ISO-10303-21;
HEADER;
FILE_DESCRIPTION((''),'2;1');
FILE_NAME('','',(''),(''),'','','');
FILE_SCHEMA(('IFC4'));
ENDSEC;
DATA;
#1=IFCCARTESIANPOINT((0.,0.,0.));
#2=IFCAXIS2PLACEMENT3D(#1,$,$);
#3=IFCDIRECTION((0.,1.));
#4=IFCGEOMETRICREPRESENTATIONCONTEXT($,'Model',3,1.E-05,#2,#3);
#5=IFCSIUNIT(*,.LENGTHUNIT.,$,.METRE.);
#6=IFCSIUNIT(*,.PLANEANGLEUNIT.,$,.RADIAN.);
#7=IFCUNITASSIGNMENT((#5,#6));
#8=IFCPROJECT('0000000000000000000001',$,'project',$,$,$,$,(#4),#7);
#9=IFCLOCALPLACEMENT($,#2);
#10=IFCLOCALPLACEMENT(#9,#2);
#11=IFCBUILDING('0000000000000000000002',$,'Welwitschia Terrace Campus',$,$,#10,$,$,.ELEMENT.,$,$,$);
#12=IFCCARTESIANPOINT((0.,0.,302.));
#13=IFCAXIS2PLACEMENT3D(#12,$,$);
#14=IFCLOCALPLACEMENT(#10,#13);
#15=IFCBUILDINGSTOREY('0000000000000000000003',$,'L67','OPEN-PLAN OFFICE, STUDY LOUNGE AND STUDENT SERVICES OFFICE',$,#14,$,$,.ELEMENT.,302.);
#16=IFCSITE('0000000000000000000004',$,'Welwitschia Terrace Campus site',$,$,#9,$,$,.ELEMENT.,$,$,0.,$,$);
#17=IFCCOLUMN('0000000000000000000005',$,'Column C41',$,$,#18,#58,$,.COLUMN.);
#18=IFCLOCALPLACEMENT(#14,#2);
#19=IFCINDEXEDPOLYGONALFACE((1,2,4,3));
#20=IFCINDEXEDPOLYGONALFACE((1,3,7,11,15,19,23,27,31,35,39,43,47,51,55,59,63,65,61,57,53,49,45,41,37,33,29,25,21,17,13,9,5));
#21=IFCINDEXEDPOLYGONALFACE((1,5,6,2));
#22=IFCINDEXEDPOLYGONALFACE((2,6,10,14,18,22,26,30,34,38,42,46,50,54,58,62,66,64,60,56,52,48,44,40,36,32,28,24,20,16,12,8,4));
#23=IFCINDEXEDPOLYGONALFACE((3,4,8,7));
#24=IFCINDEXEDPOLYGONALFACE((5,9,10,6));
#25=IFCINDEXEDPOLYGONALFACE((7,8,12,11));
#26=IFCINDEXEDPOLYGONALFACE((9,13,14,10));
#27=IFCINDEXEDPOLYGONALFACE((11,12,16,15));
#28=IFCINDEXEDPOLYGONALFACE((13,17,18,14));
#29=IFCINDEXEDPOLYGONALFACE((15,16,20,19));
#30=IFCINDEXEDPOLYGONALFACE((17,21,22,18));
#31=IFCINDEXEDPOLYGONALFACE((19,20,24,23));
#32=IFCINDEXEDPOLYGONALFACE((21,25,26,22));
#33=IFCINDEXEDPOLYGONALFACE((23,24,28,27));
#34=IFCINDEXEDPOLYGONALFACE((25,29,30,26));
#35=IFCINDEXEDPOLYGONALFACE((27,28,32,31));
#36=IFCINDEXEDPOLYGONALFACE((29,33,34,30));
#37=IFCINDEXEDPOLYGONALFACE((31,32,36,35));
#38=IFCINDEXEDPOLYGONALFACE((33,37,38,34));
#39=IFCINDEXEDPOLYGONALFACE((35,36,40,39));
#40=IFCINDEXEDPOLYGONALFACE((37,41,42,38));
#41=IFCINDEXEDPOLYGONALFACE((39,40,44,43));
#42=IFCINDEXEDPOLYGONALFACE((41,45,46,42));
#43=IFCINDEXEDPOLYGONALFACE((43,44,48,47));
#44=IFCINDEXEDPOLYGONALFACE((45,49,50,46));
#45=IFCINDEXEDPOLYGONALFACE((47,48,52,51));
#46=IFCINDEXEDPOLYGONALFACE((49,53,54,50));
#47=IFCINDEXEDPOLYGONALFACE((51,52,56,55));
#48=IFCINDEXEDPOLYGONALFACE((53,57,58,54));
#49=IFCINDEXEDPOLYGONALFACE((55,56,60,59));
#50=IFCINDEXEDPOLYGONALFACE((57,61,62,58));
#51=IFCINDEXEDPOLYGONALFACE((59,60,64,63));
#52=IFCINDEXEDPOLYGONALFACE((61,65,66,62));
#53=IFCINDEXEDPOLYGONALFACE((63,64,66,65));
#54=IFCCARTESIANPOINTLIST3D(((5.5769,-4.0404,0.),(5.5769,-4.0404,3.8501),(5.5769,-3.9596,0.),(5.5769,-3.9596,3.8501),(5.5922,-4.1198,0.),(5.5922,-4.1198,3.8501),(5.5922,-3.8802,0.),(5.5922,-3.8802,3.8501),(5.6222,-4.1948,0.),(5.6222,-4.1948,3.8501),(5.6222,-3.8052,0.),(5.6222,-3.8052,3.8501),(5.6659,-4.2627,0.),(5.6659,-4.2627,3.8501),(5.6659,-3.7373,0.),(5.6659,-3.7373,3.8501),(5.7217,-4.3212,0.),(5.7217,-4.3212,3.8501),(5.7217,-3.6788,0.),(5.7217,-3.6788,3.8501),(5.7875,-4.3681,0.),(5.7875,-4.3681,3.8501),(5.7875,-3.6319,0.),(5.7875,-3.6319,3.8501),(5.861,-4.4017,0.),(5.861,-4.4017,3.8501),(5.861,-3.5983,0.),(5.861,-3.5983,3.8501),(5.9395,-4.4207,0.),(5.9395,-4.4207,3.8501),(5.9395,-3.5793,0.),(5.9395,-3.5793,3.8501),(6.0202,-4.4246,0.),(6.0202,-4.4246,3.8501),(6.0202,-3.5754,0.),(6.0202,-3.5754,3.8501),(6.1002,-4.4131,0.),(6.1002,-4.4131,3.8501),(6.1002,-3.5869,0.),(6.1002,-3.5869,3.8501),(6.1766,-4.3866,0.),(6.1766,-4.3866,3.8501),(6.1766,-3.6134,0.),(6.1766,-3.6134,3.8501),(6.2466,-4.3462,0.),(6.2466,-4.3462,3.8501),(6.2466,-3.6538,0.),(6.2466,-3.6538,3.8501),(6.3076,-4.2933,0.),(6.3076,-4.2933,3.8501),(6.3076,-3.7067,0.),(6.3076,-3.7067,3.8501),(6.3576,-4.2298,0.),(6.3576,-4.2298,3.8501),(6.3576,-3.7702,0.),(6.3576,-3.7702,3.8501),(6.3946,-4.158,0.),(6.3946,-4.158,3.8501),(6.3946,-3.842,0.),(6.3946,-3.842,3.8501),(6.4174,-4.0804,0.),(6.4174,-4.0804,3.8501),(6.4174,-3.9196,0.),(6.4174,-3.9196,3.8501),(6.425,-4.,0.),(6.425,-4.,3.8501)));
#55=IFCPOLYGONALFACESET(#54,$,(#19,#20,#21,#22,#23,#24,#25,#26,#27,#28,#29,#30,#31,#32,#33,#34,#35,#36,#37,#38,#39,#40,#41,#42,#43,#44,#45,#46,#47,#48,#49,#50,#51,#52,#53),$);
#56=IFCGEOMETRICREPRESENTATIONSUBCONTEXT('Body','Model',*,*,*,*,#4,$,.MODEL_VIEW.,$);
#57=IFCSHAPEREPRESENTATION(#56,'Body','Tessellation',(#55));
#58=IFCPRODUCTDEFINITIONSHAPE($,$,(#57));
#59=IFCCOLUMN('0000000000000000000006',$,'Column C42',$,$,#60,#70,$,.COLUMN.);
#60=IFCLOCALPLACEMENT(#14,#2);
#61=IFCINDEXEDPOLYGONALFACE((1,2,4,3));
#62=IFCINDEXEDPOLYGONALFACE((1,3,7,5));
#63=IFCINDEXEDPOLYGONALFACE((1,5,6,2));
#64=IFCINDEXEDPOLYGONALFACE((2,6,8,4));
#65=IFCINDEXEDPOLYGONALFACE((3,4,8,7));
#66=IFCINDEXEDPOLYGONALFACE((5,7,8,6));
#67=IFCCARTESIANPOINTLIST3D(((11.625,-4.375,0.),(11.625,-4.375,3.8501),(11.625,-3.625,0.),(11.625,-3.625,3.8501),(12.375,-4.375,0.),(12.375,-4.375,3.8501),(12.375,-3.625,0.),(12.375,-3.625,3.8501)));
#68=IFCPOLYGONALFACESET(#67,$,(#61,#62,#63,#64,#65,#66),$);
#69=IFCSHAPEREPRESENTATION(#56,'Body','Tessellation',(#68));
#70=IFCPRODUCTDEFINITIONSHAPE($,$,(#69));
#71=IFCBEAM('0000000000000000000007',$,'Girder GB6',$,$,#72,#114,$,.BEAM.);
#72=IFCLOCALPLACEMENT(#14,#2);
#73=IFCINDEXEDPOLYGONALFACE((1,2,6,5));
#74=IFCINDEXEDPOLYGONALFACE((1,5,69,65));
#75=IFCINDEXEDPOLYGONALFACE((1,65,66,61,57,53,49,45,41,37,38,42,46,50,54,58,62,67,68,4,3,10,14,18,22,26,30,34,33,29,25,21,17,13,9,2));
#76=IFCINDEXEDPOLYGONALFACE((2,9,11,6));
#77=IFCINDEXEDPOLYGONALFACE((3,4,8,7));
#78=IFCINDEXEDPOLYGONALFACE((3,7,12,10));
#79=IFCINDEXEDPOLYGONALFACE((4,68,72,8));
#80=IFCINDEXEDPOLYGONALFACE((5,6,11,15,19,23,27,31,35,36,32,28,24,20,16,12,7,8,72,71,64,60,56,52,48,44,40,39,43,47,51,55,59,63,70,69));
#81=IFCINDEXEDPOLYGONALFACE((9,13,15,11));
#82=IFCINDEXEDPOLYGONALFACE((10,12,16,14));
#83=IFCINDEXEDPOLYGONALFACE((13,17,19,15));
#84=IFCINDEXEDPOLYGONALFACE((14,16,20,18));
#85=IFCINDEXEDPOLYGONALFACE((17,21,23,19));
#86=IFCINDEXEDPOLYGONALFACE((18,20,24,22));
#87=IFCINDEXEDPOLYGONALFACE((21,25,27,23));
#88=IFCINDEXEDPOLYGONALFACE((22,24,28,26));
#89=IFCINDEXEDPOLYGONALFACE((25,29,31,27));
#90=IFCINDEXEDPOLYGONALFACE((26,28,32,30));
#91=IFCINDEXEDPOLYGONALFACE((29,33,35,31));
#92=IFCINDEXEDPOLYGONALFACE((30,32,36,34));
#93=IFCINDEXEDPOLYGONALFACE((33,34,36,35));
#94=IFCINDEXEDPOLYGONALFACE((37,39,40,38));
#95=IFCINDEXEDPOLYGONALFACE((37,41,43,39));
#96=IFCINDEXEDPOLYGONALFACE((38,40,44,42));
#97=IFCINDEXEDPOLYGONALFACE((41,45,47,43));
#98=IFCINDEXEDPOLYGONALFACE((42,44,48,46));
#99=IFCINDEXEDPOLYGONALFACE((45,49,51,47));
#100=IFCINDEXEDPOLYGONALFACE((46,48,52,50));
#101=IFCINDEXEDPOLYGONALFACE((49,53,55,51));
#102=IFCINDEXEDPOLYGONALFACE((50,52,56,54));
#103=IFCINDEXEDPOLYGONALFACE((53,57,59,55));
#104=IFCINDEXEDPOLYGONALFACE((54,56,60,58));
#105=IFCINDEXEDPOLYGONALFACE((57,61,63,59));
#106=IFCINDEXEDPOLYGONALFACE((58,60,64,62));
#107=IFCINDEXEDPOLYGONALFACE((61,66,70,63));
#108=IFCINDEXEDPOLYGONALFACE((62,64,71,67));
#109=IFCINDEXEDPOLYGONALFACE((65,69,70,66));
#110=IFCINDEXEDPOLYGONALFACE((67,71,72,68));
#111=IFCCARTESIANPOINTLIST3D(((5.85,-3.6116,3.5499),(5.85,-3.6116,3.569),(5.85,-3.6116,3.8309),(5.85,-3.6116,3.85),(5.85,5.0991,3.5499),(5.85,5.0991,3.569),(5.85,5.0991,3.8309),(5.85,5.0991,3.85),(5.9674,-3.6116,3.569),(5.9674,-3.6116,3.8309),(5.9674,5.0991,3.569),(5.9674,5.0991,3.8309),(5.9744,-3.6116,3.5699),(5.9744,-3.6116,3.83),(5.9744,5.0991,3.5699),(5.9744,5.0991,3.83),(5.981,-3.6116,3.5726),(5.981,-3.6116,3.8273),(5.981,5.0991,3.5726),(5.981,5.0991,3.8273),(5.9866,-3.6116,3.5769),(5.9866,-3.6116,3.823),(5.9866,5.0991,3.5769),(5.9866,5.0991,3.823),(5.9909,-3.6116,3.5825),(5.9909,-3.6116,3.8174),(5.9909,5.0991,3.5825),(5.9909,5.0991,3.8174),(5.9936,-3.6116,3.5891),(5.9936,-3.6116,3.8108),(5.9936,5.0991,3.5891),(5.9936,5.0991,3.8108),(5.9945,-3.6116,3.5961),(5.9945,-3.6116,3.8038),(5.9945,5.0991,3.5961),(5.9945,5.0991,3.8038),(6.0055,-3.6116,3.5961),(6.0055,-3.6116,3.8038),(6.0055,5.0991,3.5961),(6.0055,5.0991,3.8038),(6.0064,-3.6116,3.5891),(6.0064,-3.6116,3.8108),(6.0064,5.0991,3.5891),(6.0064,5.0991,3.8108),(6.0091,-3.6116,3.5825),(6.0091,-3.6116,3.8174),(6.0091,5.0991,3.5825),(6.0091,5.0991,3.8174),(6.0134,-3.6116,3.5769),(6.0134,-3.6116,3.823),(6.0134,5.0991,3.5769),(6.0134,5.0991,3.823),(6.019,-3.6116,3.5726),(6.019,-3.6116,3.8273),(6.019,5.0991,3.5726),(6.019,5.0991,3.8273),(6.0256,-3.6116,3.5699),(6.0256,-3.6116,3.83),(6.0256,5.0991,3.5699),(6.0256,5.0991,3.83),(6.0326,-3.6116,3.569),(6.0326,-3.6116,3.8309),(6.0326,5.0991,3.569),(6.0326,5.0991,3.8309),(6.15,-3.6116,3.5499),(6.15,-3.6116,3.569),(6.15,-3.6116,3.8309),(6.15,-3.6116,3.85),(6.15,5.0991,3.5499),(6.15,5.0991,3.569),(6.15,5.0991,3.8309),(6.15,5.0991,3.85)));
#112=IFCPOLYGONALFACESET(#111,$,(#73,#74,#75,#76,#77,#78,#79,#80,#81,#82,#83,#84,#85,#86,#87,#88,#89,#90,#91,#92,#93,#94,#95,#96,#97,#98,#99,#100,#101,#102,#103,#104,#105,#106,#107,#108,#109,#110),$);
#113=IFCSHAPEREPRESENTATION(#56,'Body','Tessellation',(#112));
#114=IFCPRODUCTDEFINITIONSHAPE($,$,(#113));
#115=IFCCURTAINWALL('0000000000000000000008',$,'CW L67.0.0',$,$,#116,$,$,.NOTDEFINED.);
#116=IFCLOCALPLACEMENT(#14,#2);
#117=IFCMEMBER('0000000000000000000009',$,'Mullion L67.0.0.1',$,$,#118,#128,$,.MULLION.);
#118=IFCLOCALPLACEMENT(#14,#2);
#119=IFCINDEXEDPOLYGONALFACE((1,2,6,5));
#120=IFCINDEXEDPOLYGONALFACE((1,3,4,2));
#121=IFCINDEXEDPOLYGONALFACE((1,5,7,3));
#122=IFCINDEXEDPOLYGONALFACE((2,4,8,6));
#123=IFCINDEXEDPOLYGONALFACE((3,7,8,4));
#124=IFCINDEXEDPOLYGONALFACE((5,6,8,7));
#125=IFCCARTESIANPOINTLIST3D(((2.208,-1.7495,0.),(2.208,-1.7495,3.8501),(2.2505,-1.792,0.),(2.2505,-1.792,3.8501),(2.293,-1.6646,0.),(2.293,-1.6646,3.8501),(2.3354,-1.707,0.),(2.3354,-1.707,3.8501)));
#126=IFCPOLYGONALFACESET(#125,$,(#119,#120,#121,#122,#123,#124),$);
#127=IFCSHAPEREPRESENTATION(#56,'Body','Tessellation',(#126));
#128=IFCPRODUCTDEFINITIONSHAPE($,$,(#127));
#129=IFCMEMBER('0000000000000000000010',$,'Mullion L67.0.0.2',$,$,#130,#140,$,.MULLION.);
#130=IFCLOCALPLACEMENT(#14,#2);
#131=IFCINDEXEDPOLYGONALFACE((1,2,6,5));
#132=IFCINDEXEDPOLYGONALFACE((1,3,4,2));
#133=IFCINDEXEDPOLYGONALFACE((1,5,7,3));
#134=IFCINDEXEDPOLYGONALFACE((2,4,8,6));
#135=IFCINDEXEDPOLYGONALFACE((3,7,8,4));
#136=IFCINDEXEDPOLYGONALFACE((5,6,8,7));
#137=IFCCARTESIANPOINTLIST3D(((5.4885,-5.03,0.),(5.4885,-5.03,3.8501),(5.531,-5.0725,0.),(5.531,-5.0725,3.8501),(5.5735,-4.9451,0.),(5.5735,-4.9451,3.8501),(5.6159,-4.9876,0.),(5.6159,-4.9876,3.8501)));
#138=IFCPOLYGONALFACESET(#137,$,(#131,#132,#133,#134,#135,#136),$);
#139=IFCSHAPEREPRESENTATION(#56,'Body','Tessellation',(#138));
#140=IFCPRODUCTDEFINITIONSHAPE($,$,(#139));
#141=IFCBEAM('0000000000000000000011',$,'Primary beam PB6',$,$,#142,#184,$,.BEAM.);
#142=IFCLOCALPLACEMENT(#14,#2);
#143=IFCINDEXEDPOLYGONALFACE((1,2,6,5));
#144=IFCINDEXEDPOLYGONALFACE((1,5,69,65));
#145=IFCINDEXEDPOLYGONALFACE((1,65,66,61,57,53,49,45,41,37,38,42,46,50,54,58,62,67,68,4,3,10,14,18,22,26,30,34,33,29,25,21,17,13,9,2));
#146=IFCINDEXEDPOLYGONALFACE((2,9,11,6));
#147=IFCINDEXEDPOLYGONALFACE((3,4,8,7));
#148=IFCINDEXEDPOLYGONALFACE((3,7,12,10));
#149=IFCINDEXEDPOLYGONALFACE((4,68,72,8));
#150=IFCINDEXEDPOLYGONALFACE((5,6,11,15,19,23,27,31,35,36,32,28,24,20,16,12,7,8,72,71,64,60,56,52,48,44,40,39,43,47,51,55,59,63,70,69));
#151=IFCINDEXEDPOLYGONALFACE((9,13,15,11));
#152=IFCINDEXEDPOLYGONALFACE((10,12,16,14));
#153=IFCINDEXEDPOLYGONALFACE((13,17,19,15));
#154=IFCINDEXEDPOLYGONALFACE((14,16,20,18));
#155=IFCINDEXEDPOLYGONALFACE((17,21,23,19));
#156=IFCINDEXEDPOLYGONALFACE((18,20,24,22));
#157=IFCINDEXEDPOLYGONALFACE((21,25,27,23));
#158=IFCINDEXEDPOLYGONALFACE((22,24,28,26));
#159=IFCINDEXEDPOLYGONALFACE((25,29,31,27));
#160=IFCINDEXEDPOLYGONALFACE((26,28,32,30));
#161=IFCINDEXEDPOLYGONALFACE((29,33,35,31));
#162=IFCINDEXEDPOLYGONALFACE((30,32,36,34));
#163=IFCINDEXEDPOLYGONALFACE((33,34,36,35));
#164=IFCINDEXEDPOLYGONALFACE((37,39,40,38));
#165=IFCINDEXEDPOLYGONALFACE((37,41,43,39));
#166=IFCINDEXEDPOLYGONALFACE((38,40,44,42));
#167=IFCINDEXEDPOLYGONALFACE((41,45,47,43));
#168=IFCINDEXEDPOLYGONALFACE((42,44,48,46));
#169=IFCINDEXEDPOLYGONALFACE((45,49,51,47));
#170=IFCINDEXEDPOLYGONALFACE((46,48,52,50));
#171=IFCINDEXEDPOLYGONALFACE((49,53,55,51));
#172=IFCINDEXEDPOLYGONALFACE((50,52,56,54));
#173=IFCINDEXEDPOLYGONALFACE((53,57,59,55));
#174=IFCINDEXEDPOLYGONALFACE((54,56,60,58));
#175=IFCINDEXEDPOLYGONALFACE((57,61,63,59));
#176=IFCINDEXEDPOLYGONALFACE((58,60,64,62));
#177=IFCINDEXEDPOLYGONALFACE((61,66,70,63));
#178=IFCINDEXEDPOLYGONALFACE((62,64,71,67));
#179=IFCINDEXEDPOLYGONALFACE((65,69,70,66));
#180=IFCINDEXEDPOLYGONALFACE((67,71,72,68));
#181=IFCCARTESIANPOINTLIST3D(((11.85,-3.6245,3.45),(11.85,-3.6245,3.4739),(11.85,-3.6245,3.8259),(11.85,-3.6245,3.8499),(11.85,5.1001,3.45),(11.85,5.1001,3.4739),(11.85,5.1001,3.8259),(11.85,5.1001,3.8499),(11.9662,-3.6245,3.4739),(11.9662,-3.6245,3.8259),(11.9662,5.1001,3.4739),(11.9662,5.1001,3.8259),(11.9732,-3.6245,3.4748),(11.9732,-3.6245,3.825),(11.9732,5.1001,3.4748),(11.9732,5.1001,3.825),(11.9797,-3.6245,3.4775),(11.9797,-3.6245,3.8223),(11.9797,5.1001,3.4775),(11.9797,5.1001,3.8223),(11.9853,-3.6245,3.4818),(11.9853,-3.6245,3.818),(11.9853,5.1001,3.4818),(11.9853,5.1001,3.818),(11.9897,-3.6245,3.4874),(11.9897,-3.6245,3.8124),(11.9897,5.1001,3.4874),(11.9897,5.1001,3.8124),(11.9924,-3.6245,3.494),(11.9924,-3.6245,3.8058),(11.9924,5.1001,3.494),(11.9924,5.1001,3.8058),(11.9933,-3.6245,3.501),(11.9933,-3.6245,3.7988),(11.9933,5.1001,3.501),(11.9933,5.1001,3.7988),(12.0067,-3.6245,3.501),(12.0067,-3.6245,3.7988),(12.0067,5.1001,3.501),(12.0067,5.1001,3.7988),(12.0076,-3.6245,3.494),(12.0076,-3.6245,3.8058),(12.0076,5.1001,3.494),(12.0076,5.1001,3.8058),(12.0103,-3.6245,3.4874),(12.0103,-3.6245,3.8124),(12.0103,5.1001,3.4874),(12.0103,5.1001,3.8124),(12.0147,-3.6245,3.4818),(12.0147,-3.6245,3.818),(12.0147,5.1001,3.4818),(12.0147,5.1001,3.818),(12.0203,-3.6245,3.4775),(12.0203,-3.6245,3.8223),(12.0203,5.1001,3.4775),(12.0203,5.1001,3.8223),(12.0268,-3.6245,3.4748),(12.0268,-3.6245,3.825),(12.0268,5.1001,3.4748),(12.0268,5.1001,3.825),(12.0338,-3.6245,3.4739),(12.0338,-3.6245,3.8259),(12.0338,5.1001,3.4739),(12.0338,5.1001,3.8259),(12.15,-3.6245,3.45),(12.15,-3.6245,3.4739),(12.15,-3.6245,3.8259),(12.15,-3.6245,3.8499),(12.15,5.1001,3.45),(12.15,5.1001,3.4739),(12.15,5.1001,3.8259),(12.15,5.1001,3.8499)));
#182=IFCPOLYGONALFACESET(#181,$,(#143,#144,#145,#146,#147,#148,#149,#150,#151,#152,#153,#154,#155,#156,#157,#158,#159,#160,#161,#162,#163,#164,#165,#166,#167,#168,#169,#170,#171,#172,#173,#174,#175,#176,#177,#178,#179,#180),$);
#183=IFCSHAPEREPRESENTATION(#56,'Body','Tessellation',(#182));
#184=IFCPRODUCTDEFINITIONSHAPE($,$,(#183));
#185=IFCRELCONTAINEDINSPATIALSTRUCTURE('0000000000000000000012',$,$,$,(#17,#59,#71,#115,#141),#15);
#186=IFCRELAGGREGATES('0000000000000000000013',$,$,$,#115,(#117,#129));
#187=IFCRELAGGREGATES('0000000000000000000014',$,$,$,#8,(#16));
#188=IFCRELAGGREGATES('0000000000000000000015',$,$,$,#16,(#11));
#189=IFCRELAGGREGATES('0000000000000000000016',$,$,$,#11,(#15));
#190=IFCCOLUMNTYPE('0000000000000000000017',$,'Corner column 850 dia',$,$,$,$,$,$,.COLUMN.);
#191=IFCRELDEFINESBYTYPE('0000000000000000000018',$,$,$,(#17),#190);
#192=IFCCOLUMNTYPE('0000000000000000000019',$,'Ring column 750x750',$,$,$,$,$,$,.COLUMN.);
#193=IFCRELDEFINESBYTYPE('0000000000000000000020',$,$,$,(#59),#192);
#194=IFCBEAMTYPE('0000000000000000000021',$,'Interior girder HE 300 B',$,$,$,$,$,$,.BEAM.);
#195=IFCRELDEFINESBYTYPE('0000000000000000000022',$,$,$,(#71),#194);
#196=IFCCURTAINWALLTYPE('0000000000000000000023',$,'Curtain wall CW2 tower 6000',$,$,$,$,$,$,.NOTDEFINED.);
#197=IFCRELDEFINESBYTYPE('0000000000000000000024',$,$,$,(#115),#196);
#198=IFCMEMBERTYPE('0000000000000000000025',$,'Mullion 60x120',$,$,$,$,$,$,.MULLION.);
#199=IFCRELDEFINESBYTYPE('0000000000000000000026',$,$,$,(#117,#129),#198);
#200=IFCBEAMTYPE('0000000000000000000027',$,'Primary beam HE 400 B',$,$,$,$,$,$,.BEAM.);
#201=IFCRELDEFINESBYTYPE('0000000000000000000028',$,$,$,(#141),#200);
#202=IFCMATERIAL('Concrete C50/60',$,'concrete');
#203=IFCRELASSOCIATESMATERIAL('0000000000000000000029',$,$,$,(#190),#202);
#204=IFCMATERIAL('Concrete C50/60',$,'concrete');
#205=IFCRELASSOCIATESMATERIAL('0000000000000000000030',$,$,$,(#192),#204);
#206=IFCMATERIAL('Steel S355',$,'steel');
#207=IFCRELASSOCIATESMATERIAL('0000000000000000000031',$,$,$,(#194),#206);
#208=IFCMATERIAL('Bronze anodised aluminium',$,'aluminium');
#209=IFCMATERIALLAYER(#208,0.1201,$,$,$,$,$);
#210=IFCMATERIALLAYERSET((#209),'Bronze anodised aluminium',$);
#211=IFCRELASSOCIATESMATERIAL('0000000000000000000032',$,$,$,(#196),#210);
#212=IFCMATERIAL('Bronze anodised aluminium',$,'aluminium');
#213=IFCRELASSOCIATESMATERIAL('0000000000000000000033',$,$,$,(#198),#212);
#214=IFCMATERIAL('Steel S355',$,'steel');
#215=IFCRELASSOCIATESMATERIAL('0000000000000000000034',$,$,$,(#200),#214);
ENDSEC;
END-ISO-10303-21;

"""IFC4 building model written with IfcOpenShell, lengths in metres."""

from ifc_helpers import new_model, si_unit, direction, frame, origin, origin_2d, place, context, subcontext, project, spatial, rectangle, circle, i_section, extrude, material, layer, layer_set, material_profile, profile_set, type_object, element, aggregate, save


model = new_model("IFC4")

# Units and contexts
model_context = context("Model", 3, precision=1e-05, world=origin(), true_north=direction((0.0, 1.0)))
body_context = subcontext(model_context, "Body", "Model", "MODEL_VIEW")
ifc_project = project(units=[si_unit("LENGTHUNIT", "METRE"), si_unit("PLANEANGLEUNIT", "RADIAN")], contexts=[model_context])

# Site, building, storey
site_placement = place(None, origin())
site = spatial("IfcSite", under=ifc_project, at=site_placement, Name="Welwitschia Terrace Campus site", CompositionType="ELEMENT", RefElevation=0.0)
building_placement = place(site_placement, origin())
building = spatial("IfcBuilding", under=site, at=building_placement, Name="Welwitschia Terrace Campus", CompositionType="ELEMENT")
storey_placement = place(building_placement, frame((0.0, 0.0, 302.0)))
storey = spatial("IfcBuildingStorey", under=building, at=storey_placement, Name="L67", Description="OPEN-PLAN OFFICE, STUDY LOUNGE AND STUDENT SERVICES OFFICE", CompositionType="ELEMENT", Elevation=302.0)

# Columns
ifc_material_1 = material(Name="Concrete C50/60", Category="concrete")
ifc_material_profile_1 = material_profile(ifc_material_1, circle(Radius=0.425, at=origin_2d()))
ifc_profile_set_1 = profile_set([ifc_material_profile_1], Name="Concrete C50/60")
column_type_1 = type_object("IfcColumnType", Name="Corner column 850 dia", PredefinedType="COLUMN", material=ifc_profile_set_1)
column_1_placement = place(storey_placement, frame((6.0, -4.0, 0.0), z_axis=(0.0, 0.0, 1.0), x_axis=(1.0, 0.0, 0.0)))
element("IfcColumn", 1, at=column_1_placement, inside=storey, type_object=column_type_1, Name="Column C41", PredefinedType="COLUMN", context=body_context, shape_type="SweptSolid", body=[
    extrude(circle(Radius=0.425, at=origin_2d()), origin(), (0.0, 0.0, 1.0), 3.8501),
])
ifc_material_2 = material(Name="Concrete C50/60", Category="concrete")
ifc_material_profile_2 = material_profile(ifc_material_2, rectangle(XDim=0.75, YDim=0.75, at=origin_2d()))
ifc_profile_set_2 = profile_set([ifc_material_profile_2], Name="Concrete C50/60")
column_type_2 = type_object("IfcColumnType", Name="Ring column 750x750", PredefinedType="COLUMN", material=ifc_profile_set_2)
column_2_placement = place(storey_placement, frame((12.0, -4.0, 0.0), z_axis=(0.0, 0.0, 1.0), x_axis=(1.0, 0.0, 0.0)))
element("IfcColumn", 2, at=column_2_placement, inside=storey, type_object=column_type_2, Name="Column C42", PredefinedType="COLUMN", context=body_context, shape_type="SweptSolid", body=[
    extrude(rectangle(XDim=0.75, YDim=0.75, at=origin_2d()), origin(), (0.0, 0.0, 1.0), 3.8501),
])

# Beam
ifc_material_3 = material(Name="Steel S355", Category="steel")
ifc_material_profile_3 = material_profile(ifc_material_3, i_section(OverallWidth=0.3, OverallDepth=0.3, WebThickness=0.011, FlangeThickness=0.019, FilletRadius=0.0271, at=origin_2d()))
ifc_profile_set_3 = profile_set([ifc_material_profile_3], Name="Steel S355")
beam_type_1 = type_object("IfcBeamType", Name="Interior girder HE 300 B", PredefinedType="BEAM", material=ifc_profile_set_3)
beam_1_placement = place(storey_placement, frame((6.0, -3.6116, 3.7), z_axis=(0.0, 1.0, 0.0), x_axis=(-1.0, 0.0, 0.0)))
element("IfcBeam", 3, at=beam_1_placement, inside=storey, type_object=beam_type_1, Name="Girder GB6", PredefinedType="BEAM", context=body_context, shape_type="SweptSolid", body=[
    extrude(i_section(OverallWidth=0.3, OverallDepth=0.3, WebThickness=0.011, FlangeThickness=0.019, FilletRadius=0.0271, at=origin_2d()), origin(), (0.0, 0.0, 1.0), 8.7107),
])

# Curtain wall, members
ifc_material_4 = material(Name="Bronze anodised aluminium", Category="aluminium")
ifc_layer_1 = layer(ifc_material_4, 0.1201)
ifc_layer_set_1 = layer_set([ifc_layer_1], Name="Bronze anodised aluminium")
curtain_wall_type = type_object("IfcCurtainWallType", Name="Curtain wall CW2 tower 6000", PredefinedType="NOTDEFINED", material=ifc_layer_set_1)
curtain_wall_placement = place(storey_placement, origin())
curtain_wall = element("IfcCurtainWall", 4, at=curtain_wall_placement, inside=storey, type_object=curtain_wall_type, Name="CW L67.0.0", PredefinedType="NOTDEFINED")
ifc_material_5 = material(Name="Bronze anodised aluminium", Category="aluminium")
ifc_material_profile_4 = material_profile(ifc_material_5, rectangle(XDim=0.1201, YDim=0.0601, at=origin_2d()))
ifc_profile_set_4 = profile_set([ifc_material_profile_4], Name="Bronze anodised aluminium")
member_type = type_object("IfcMemberType", Name="Mullion 60x120", PredefinedType="MULLION", material=ifc_profile_set_4)
member_1_placement = place(storey_placement, frame((2.2717, -1.7283, 0.0), z_axis=(0.0, 0.0, 1.0), x_axis=(0.707107, 0.707107, 0.0)))
member_1 = element("IfcMember", 5, at=member_1_placement, type_object=member_type, Name="Mullion L67.0.0.1", PredefinedType="MULLION", context=body_context, shape_type="SweptSolid", body=[
    extrude(rectangle(XDim=0.1201, YDim=0.0601, at=origin_2d()), origin(), (0.0, 0.0, 1.0), 3.8501),
])
member_2_placement = place(storey_placement, frame((5.5522, -5.0088, 0.0), z_axis=(0.0, 0.0, 1.0), x_axis=(0.707107, 0.707107, 0.0)))
member_2 = element("IfcMember", 6, at=member_2_placement, type_object=member_type, Name="Mullion L67.0.0.2", PredefinedType="MULLION", context=body_context, shape_type="SweptSolid", body=[
    extrude(rectangle(XDim=0.1201, YDim=0.0601, at=origin_2d()), origin(), (0.0, 0.0, 1.0), 3.8501),
])

# Beam
ifc_material_6 = material(Name="Steel S355", Category="steel")
ifc_material_profile_5 = material_profile(ifc_material_6, i_section(OverallWidth=0.3, OverallDepth=0.3999, WebThickness=0.0134, FlangeThickness=0.0239, FilletRadius=0.0271, at=origin_2d()))
ifc_profile_set_5 = profile_set([ifc_material_profile_5], Name="Steel S355")
beam_type_2 = type_object("IfcBeamType", Name="Primary beam HE 400 B", PredefinedType="BEAM", material=ifc_profile_set_5)
beam_2_placement = place(storey_placement, frame((12.0, -3.6245, 3.6499), z_axis=(0.0, 1.0, 0.0), x_axis=(-1.0, 0.0, 0.0)))
element("IfcBeam", 7, at=beam_2_placement, inside=storey, type_object=beam_type_2, Name="Primary beam PB6", PredefinedType="BEAM", context=body_context, shape_type="SweptSolid", body=[
    extrude(i_section(OverallWidth=0.3, OverallDepth=0.3999, WebThickness=0.0134, FlangeThickness=0.0239, FilletRadius=0.0271, at=origin_2d()), origin(), (0.0, 0.0, 1.0), 8.7246),
])

aggregate(curtain_wall, [member_1, member_2])

save(model, "model.ifc")
